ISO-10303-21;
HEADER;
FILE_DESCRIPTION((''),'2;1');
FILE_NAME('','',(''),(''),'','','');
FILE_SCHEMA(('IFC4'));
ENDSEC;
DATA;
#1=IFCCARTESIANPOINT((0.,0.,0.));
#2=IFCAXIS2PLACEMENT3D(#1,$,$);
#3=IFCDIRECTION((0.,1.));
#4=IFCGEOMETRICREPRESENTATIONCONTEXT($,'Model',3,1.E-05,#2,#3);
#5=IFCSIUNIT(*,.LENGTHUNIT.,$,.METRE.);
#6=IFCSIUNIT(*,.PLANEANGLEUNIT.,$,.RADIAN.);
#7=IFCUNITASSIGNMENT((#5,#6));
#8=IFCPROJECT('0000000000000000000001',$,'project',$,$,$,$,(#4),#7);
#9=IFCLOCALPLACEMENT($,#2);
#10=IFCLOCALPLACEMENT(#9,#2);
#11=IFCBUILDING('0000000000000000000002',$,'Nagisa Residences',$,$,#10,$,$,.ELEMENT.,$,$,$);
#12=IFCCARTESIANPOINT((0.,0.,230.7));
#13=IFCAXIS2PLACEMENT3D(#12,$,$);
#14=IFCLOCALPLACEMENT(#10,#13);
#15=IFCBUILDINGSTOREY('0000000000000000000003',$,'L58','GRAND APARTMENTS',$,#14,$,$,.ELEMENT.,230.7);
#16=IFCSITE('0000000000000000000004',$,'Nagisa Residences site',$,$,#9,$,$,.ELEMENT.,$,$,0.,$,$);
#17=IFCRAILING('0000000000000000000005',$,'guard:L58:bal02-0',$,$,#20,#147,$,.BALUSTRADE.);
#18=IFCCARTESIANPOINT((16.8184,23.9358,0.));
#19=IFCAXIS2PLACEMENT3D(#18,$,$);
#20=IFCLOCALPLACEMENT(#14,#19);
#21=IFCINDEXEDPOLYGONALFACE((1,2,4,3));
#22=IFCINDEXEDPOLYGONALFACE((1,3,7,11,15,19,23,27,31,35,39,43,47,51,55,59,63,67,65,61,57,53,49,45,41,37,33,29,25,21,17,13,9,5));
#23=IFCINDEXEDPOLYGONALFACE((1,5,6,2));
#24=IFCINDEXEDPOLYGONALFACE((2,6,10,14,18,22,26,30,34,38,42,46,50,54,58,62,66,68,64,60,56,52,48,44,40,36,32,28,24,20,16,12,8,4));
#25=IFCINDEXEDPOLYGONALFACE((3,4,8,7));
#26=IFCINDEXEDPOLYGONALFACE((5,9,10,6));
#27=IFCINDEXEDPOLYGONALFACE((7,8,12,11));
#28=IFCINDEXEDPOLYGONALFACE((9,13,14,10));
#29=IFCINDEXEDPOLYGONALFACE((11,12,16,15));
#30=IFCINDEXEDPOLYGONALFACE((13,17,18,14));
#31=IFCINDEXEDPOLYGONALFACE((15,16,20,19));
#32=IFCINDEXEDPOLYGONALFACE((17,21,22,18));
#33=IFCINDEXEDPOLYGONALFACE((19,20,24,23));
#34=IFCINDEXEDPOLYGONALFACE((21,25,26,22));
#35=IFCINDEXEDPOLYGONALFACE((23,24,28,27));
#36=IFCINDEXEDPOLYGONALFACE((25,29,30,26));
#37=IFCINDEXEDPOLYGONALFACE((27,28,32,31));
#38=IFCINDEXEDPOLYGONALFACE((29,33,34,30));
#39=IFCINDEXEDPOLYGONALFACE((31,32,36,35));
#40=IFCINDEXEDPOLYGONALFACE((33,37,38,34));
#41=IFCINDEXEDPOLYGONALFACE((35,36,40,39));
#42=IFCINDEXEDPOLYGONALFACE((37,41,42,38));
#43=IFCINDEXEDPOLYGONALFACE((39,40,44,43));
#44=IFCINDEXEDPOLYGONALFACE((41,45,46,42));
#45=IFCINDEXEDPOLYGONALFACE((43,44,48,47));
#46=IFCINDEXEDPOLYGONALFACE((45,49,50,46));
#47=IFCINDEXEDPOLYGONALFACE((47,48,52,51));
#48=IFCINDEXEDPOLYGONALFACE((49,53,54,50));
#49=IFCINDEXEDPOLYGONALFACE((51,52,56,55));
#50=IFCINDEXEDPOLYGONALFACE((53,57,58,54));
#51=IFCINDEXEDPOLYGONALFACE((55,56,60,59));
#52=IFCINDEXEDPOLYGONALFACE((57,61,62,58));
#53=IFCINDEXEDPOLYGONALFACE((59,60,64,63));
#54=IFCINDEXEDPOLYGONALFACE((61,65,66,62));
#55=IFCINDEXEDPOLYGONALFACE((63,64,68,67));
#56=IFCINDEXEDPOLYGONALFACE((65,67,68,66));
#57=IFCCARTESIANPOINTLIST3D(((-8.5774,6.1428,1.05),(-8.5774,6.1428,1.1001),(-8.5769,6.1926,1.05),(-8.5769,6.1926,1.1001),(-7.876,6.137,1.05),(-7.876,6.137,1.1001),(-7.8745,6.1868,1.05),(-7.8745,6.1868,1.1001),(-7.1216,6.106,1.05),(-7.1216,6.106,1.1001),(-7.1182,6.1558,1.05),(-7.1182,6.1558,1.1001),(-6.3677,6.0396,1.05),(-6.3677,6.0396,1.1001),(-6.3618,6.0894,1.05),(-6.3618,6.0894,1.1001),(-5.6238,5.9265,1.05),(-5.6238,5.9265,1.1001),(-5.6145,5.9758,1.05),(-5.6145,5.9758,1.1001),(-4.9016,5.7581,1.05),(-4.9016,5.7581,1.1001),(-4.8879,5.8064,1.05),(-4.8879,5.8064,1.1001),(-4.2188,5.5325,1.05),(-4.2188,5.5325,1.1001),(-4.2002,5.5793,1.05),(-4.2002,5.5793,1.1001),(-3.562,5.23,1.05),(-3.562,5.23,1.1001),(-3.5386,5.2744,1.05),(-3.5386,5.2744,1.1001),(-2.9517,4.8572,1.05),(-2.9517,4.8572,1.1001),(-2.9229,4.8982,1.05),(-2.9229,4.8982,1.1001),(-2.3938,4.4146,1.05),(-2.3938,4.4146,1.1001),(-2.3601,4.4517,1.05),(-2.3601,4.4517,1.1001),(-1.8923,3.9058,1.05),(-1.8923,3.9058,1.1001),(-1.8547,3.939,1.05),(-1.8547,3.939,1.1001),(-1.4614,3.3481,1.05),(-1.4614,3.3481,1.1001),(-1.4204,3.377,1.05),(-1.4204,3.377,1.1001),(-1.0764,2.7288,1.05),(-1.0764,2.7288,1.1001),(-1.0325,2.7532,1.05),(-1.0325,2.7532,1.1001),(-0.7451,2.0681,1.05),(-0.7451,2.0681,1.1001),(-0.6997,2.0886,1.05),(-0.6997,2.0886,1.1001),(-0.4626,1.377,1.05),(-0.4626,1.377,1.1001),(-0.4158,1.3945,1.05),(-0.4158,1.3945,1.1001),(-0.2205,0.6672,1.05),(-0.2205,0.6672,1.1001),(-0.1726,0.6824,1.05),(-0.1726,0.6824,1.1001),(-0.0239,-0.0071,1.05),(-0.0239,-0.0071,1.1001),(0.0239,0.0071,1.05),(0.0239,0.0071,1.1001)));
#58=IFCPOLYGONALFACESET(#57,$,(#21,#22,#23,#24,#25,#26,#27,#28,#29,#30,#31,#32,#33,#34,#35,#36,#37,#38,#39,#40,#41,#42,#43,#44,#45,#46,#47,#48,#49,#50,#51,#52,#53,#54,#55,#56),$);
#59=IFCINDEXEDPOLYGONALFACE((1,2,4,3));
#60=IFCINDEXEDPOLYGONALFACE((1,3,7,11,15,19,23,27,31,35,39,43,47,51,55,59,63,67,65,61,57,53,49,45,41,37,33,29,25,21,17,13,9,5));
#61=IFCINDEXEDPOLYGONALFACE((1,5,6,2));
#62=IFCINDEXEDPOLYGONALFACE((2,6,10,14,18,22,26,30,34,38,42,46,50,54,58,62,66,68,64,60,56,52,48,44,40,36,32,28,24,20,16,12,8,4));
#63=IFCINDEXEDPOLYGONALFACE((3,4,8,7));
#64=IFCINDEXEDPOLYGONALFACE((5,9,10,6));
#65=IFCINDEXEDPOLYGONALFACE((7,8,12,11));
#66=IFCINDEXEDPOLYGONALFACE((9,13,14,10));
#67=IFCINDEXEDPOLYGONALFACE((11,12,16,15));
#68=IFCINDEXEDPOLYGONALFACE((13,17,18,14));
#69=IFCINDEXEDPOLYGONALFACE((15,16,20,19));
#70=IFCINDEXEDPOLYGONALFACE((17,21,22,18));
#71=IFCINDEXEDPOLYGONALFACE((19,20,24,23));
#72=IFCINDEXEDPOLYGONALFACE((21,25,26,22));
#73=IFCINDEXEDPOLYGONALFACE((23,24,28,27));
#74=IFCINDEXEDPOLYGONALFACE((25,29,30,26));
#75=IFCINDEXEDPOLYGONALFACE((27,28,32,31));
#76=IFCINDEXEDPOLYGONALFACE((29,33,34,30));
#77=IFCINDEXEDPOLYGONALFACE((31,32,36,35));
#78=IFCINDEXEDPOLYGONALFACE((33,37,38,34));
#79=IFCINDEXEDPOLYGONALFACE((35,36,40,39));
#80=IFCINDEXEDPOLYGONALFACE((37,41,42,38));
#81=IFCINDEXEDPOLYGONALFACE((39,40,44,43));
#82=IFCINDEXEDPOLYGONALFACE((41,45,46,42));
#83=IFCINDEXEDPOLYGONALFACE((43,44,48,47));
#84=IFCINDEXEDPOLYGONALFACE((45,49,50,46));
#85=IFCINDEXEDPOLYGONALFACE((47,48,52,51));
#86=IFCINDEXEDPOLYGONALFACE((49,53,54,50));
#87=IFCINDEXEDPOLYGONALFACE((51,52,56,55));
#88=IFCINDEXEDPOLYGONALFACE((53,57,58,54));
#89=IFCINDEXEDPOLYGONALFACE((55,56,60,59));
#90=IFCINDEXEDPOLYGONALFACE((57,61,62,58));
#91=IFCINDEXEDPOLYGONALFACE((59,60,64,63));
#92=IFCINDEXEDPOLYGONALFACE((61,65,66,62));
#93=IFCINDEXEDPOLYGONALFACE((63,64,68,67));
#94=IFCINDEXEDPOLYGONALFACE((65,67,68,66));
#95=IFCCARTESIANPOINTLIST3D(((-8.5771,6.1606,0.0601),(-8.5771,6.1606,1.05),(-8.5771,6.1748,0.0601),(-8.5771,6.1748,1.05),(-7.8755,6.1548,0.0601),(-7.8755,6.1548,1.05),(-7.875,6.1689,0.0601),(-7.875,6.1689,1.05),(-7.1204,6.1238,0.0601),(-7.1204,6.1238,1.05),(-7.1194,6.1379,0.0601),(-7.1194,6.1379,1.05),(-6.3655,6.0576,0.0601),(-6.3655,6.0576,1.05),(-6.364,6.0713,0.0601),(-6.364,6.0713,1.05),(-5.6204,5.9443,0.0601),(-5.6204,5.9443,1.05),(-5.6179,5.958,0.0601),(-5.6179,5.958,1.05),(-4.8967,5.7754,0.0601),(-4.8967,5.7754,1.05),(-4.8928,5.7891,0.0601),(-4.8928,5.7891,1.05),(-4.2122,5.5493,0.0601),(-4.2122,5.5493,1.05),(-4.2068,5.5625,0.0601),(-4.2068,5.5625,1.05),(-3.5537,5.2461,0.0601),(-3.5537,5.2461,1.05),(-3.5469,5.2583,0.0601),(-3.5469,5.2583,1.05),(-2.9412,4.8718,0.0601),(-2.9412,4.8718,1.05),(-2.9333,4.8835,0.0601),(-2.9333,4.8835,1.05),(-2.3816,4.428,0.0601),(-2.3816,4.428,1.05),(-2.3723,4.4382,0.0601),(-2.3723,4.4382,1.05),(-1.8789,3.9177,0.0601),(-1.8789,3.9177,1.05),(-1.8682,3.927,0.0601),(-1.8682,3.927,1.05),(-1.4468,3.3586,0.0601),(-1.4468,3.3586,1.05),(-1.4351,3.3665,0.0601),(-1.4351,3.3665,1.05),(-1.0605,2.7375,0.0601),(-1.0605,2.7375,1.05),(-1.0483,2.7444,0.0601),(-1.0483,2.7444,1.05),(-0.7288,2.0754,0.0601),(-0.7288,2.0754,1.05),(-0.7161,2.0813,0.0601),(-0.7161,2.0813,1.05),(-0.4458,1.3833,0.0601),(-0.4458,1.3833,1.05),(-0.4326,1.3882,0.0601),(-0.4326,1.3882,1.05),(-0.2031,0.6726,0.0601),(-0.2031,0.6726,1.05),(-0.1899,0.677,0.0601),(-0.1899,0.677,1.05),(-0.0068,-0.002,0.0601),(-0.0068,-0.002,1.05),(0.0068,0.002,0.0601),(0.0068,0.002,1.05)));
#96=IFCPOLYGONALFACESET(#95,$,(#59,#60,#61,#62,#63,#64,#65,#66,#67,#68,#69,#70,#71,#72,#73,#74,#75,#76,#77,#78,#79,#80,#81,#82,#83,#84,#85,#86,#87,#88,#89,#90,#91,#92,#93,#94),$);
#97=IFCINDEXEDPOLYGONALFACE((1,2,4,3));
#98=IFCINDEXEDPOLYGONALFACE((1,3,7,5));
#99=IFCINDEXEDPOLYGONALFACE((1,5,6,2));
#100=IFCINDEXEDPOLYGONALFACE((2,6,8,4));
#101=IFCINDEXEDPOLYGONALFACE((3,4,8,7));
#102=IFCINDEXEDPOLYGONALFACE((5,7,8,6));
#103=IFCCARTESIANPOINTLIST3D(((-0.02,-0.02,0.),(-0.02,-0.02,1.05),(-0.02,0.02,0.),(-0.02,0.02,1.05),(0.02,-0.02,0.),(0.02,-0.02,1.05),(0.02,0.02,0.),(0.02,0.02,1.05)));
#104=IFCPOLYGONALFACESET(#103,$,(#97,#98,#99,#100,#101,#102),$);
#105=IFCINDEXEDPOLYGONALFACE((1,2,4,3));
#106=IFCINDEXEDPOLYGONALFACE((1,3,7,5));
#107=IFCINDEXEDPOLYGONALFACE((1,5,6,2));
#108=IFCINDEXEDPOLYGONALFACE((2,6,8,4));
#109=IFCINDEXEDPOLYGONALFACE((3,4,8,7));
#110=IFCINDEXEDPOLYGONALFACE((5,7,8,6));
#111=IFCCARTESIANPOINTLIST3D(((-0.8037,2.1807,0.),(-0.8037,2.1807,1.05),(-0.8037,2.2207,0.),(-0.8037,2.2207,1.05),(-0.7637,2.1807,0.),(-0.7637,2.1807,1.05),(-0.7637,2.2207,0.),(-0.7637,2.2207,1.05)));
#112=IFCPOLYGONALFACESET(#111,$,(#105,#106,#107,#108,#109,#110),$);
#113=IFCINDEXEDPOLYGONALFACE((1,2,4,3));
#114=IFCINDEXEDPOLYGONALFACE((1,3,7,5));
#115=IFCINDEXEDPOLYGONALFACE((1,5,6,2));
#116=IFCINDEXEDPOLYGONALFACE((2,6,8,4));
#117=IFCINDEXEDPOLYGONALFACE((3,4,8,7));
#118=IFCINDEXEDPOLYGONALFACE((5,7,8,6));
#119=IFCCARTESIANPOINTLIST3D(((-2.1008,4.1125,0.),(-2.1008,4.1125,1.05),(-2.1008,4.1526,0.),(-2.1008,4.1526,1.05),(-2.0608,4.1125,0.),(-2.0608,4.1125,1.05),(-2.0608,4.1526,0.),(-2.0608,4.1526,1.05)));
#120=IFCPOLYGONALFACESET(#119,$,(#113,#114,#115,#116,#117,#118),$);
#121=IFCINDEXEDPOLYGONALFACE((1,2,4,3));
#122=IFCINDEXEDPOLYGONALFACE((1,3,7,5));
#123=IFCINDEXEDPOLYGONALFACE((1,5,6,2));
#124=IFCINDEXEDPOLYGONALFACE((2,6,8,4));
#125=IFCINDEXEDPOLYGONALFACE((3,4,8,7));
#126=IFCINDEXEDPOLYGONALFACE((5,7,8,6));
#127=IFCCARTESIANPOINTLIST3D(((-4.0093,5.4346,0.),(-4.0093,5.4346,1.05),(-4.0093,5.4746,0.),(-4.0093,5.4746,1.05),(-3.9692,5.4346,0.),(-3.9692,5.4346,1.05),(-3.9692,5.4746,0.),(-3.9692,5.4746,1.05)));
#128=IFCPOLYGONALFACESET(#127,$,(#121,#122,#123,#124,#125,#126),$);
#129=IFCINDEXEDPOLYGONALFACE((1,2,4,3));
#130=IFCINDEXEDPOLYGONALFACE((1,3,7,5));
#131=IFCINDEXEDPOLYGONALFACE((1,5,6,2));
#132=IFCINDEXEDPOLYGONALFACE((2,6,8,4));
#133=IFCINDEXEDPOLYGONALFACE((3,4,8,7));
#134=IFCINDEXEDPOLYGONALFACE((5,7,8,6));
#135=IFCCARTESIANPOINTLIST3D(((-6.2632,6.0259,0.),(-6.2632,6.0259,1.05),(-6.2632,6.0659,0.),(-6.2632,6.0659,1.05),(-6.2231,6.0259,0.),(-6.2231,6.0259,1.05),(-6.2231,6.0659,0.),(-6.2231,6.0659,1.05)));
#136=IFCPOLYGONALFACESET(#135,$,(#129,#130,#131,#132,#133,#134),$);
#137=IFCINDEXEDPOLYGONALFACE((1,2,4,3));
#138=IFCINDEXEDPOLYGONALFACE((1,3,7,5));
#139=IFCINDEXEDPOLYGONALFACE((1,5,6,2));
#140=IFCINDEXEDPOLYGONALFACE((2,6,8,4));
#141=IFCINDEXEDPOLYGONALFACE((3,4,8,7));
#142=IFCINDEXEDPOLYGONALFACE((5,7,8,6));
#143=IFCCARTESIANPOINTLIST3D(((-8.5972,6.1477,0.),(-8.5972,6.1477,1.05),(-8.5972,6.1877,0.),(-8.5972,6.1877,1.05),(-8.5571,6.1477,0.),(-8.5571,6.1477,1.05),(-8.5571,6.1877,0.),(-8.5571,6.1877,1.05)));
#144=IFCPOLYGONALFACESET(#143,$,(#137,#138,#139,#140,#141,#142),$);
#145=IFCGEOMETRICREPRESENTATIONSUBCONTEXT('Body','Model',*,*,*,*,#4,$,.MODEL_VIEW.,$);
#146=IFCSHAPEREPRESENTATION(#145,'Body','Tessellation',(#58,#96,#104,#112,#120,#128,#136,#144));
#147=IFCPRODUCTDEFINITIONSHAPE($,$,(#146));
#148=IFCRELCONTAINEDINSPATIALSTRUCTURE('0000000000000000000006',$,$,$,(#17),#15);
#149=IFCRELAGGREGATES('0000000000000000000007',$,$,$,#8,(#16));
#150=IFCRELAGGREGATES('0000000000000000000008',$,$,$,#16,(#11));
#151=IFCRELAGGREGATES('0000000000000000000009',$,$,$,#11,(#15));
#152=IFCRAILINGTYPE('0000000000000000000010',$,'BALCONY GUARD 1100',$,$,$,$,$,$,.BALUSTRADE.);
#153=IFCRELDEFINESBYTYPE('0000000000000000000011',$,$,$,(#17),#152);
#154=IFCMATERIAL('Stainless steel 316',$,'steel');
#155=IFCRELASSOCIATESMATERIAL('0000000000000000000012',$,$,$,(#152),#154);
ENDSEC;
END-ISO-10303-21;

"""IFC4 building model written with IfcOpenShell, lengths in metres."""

from ifc_helpers import new_model, si_unit, direction, frame, origin, origin_2d, place, context, subcontext, project, spatial, polyline, rectangle, outline, extrude, material, type_object, element, save


model = new_model("IFC4")

# Units and contexts
model_context = context("Model", 3, precision=1e-05, world=origin(), true_north=direction((0.0, 1.0)))
body_context = subcontext(model_context, "Body", "Model", "MODEL_VIEW")
ifc_project = project(units=[si_unit("LENGTHUNIT", "METRE"), si_unit("PLANEANGLEUNIT", "RADIAN")], contexts=[model_context])

# Site, building, storey
site_placement = place(None, origin())
site = spatial("IfcSite", under=ifc_project, at=site_placement, Name="Nagisa Residences site", CompositionType="ELEMENT", RefElevation=0.0)
building_placement = place(site_placement, origin())
building = spatial("IfcBuilding", under=site, at=building_placement, Name="Nagisa Residences", CompositionType="ELEMENT")
storey_placement = place(building_placement, frame((0.0, 0.0, 230.7)))
storey = spatial("IfcBuildingStorey", under=building, at=storey_placement, Name="L58", Description="GRAND APARTMENTS", CompositionType="ELEMENT", Elevation=230.7)

# Railing
ifc_material_1 = material(Name="Stainless steel 316", Category="steel")
railing_type = type_object("IfcRailingType", Name="BALCONY GUARD 1100", PredefinedType="BALUSTRADE", material=ifc_material_1)
railing_1_placement = place(storey_placement, frame((16.8184, 23.9358, 0.0)))
element("IfcRailing", 1, at=railing_1_placement, inside=storey, type_object=railing_type, Name="guard:L58:bal02-0", PredefinedType="BALUSTRADE", context=body_context, shape_type="SweptSolid", body=[
    extrude(outline(polyline([(-0.2205, 0.6672), (-0.0239, -0.0071), (0.0239, 0.0071), (-0.1726, 0.6824), (-0.4158, 1.3945), (-0.6997, 2.0886), (-1.0325, 2.7532), (-1.4204, 3.377), (-1.8547, 3.939), (-2.3601, 4.4517), (-2.9229, 4.8982), (-3.5386, 5.2744), (-4.2002, 5.5793), (-4.8879, 5.8064), (-5.6145, 5.9758), (-6.3618, 6.0894), (-7.1182, 6.1558), (-7.8745, 6.1868), (-8.5769, 6.1926), (-8.5774, 6.1428), (-7.876, 6.137), (-7.1216, 6.106), (-6.3677, 6.0396), (-5.6238, 5.9265), (-4.9016, 5.7581), (-4.2188, 5.5325), (-3.562, 5.23), (-2.9517, 4.8572), (-2.3938, 4.4146), (-1.8923, 3.9058), (-1.4614, 3.3481), (-1.0764, 2.7288), (-0.7451, 2.0681), (-0.4626, 1.377), (-0.2205, 0.6672)])), frame((0.0, 0.0, 1.05)), (0.0, 0.0, 1.0), 0.05),
    extrude(outline(polyline([(-0.2031, 0.6726), (-0.0068, -0.002), (0.0068, 0.002), (-0.1899, 0.677), (-0.4326, 1.3882), (-0.7161, 2.0813), (-1.0483, 2.7444), (-1.4351, 3.3665), (-1.8682, 3.927), (-2.3723, 4.4382), (-2.9333, 4.8835), (-3.5469, 5.2583), (-4.2068, 5.5625), (-4.8928, 5.7891), (-5.6179, 5.958), (-6.364, 6.0713), (-7.1194, 6.1379), (-7.875, 6.1689), (-8.5771, 6.1748), (-8.5771, 6.1606), (-7.8755, 6.1548), (-7.1204, 6.1238), (-6.3655, 6.0576), (-5.6204, 5.9443), (-4.8967, 5.7754), (-4.2122, 5.5493), (-3.5537, 5.2461), (-2.9412, 4.8718), (-2.3816, 4.428), (-1.8789, 3.9177), (-1.4468, 3.3586), (-1.0605, 2.7375), (-0.7288, 2.0754), (-0.4458, 1.3833), (-0.2031, 0.6726)])), frame((0.0, 0.0, 0.0601)), (0.0, 0.0, 1.0), 0.99),
    extrude(rectangle(XDim=0.04, YDim=0.04, at=origin_2d()), origin(), (0.0, 0.0, 1.0), 1.05),
    extrude(rectangle(XDim=0.04, YDim=0.04, at=origin_2d()), frame((-0.7837, 2.2007, 0.0)), (0.0, 0.0, 1.0), 1.05),
    extrude(rectangle(XDim=0.04, YDim=0.04, at=origin_2d()), frame((-2.0808, 4.1326, 0.0)), (0.0, 0.0, 1.0), 1.05),
    extrude(rectangle(XDim=0.04, YDim=0.04, at=origin_2d()), frame((-3.9893, 5.4546, 0.0)), (0.0, 0.0, 1.0), 1.05),
    extrude(rectangle(XDim=0.04, YDim=0.04, at=origin_2d()), frame((-6.2432, 6.0459, 0.0)), (0.0, 0.0, 1.0), 1.05),
    extrude(rectangle(XDim=0.04, YDim=0.04, at=origin_2d()), frame((-8.5771, 6.1677, 0.0)), (0.0, 0.0, 1.0), 1.05),
])

save(model, "model.ifc")
